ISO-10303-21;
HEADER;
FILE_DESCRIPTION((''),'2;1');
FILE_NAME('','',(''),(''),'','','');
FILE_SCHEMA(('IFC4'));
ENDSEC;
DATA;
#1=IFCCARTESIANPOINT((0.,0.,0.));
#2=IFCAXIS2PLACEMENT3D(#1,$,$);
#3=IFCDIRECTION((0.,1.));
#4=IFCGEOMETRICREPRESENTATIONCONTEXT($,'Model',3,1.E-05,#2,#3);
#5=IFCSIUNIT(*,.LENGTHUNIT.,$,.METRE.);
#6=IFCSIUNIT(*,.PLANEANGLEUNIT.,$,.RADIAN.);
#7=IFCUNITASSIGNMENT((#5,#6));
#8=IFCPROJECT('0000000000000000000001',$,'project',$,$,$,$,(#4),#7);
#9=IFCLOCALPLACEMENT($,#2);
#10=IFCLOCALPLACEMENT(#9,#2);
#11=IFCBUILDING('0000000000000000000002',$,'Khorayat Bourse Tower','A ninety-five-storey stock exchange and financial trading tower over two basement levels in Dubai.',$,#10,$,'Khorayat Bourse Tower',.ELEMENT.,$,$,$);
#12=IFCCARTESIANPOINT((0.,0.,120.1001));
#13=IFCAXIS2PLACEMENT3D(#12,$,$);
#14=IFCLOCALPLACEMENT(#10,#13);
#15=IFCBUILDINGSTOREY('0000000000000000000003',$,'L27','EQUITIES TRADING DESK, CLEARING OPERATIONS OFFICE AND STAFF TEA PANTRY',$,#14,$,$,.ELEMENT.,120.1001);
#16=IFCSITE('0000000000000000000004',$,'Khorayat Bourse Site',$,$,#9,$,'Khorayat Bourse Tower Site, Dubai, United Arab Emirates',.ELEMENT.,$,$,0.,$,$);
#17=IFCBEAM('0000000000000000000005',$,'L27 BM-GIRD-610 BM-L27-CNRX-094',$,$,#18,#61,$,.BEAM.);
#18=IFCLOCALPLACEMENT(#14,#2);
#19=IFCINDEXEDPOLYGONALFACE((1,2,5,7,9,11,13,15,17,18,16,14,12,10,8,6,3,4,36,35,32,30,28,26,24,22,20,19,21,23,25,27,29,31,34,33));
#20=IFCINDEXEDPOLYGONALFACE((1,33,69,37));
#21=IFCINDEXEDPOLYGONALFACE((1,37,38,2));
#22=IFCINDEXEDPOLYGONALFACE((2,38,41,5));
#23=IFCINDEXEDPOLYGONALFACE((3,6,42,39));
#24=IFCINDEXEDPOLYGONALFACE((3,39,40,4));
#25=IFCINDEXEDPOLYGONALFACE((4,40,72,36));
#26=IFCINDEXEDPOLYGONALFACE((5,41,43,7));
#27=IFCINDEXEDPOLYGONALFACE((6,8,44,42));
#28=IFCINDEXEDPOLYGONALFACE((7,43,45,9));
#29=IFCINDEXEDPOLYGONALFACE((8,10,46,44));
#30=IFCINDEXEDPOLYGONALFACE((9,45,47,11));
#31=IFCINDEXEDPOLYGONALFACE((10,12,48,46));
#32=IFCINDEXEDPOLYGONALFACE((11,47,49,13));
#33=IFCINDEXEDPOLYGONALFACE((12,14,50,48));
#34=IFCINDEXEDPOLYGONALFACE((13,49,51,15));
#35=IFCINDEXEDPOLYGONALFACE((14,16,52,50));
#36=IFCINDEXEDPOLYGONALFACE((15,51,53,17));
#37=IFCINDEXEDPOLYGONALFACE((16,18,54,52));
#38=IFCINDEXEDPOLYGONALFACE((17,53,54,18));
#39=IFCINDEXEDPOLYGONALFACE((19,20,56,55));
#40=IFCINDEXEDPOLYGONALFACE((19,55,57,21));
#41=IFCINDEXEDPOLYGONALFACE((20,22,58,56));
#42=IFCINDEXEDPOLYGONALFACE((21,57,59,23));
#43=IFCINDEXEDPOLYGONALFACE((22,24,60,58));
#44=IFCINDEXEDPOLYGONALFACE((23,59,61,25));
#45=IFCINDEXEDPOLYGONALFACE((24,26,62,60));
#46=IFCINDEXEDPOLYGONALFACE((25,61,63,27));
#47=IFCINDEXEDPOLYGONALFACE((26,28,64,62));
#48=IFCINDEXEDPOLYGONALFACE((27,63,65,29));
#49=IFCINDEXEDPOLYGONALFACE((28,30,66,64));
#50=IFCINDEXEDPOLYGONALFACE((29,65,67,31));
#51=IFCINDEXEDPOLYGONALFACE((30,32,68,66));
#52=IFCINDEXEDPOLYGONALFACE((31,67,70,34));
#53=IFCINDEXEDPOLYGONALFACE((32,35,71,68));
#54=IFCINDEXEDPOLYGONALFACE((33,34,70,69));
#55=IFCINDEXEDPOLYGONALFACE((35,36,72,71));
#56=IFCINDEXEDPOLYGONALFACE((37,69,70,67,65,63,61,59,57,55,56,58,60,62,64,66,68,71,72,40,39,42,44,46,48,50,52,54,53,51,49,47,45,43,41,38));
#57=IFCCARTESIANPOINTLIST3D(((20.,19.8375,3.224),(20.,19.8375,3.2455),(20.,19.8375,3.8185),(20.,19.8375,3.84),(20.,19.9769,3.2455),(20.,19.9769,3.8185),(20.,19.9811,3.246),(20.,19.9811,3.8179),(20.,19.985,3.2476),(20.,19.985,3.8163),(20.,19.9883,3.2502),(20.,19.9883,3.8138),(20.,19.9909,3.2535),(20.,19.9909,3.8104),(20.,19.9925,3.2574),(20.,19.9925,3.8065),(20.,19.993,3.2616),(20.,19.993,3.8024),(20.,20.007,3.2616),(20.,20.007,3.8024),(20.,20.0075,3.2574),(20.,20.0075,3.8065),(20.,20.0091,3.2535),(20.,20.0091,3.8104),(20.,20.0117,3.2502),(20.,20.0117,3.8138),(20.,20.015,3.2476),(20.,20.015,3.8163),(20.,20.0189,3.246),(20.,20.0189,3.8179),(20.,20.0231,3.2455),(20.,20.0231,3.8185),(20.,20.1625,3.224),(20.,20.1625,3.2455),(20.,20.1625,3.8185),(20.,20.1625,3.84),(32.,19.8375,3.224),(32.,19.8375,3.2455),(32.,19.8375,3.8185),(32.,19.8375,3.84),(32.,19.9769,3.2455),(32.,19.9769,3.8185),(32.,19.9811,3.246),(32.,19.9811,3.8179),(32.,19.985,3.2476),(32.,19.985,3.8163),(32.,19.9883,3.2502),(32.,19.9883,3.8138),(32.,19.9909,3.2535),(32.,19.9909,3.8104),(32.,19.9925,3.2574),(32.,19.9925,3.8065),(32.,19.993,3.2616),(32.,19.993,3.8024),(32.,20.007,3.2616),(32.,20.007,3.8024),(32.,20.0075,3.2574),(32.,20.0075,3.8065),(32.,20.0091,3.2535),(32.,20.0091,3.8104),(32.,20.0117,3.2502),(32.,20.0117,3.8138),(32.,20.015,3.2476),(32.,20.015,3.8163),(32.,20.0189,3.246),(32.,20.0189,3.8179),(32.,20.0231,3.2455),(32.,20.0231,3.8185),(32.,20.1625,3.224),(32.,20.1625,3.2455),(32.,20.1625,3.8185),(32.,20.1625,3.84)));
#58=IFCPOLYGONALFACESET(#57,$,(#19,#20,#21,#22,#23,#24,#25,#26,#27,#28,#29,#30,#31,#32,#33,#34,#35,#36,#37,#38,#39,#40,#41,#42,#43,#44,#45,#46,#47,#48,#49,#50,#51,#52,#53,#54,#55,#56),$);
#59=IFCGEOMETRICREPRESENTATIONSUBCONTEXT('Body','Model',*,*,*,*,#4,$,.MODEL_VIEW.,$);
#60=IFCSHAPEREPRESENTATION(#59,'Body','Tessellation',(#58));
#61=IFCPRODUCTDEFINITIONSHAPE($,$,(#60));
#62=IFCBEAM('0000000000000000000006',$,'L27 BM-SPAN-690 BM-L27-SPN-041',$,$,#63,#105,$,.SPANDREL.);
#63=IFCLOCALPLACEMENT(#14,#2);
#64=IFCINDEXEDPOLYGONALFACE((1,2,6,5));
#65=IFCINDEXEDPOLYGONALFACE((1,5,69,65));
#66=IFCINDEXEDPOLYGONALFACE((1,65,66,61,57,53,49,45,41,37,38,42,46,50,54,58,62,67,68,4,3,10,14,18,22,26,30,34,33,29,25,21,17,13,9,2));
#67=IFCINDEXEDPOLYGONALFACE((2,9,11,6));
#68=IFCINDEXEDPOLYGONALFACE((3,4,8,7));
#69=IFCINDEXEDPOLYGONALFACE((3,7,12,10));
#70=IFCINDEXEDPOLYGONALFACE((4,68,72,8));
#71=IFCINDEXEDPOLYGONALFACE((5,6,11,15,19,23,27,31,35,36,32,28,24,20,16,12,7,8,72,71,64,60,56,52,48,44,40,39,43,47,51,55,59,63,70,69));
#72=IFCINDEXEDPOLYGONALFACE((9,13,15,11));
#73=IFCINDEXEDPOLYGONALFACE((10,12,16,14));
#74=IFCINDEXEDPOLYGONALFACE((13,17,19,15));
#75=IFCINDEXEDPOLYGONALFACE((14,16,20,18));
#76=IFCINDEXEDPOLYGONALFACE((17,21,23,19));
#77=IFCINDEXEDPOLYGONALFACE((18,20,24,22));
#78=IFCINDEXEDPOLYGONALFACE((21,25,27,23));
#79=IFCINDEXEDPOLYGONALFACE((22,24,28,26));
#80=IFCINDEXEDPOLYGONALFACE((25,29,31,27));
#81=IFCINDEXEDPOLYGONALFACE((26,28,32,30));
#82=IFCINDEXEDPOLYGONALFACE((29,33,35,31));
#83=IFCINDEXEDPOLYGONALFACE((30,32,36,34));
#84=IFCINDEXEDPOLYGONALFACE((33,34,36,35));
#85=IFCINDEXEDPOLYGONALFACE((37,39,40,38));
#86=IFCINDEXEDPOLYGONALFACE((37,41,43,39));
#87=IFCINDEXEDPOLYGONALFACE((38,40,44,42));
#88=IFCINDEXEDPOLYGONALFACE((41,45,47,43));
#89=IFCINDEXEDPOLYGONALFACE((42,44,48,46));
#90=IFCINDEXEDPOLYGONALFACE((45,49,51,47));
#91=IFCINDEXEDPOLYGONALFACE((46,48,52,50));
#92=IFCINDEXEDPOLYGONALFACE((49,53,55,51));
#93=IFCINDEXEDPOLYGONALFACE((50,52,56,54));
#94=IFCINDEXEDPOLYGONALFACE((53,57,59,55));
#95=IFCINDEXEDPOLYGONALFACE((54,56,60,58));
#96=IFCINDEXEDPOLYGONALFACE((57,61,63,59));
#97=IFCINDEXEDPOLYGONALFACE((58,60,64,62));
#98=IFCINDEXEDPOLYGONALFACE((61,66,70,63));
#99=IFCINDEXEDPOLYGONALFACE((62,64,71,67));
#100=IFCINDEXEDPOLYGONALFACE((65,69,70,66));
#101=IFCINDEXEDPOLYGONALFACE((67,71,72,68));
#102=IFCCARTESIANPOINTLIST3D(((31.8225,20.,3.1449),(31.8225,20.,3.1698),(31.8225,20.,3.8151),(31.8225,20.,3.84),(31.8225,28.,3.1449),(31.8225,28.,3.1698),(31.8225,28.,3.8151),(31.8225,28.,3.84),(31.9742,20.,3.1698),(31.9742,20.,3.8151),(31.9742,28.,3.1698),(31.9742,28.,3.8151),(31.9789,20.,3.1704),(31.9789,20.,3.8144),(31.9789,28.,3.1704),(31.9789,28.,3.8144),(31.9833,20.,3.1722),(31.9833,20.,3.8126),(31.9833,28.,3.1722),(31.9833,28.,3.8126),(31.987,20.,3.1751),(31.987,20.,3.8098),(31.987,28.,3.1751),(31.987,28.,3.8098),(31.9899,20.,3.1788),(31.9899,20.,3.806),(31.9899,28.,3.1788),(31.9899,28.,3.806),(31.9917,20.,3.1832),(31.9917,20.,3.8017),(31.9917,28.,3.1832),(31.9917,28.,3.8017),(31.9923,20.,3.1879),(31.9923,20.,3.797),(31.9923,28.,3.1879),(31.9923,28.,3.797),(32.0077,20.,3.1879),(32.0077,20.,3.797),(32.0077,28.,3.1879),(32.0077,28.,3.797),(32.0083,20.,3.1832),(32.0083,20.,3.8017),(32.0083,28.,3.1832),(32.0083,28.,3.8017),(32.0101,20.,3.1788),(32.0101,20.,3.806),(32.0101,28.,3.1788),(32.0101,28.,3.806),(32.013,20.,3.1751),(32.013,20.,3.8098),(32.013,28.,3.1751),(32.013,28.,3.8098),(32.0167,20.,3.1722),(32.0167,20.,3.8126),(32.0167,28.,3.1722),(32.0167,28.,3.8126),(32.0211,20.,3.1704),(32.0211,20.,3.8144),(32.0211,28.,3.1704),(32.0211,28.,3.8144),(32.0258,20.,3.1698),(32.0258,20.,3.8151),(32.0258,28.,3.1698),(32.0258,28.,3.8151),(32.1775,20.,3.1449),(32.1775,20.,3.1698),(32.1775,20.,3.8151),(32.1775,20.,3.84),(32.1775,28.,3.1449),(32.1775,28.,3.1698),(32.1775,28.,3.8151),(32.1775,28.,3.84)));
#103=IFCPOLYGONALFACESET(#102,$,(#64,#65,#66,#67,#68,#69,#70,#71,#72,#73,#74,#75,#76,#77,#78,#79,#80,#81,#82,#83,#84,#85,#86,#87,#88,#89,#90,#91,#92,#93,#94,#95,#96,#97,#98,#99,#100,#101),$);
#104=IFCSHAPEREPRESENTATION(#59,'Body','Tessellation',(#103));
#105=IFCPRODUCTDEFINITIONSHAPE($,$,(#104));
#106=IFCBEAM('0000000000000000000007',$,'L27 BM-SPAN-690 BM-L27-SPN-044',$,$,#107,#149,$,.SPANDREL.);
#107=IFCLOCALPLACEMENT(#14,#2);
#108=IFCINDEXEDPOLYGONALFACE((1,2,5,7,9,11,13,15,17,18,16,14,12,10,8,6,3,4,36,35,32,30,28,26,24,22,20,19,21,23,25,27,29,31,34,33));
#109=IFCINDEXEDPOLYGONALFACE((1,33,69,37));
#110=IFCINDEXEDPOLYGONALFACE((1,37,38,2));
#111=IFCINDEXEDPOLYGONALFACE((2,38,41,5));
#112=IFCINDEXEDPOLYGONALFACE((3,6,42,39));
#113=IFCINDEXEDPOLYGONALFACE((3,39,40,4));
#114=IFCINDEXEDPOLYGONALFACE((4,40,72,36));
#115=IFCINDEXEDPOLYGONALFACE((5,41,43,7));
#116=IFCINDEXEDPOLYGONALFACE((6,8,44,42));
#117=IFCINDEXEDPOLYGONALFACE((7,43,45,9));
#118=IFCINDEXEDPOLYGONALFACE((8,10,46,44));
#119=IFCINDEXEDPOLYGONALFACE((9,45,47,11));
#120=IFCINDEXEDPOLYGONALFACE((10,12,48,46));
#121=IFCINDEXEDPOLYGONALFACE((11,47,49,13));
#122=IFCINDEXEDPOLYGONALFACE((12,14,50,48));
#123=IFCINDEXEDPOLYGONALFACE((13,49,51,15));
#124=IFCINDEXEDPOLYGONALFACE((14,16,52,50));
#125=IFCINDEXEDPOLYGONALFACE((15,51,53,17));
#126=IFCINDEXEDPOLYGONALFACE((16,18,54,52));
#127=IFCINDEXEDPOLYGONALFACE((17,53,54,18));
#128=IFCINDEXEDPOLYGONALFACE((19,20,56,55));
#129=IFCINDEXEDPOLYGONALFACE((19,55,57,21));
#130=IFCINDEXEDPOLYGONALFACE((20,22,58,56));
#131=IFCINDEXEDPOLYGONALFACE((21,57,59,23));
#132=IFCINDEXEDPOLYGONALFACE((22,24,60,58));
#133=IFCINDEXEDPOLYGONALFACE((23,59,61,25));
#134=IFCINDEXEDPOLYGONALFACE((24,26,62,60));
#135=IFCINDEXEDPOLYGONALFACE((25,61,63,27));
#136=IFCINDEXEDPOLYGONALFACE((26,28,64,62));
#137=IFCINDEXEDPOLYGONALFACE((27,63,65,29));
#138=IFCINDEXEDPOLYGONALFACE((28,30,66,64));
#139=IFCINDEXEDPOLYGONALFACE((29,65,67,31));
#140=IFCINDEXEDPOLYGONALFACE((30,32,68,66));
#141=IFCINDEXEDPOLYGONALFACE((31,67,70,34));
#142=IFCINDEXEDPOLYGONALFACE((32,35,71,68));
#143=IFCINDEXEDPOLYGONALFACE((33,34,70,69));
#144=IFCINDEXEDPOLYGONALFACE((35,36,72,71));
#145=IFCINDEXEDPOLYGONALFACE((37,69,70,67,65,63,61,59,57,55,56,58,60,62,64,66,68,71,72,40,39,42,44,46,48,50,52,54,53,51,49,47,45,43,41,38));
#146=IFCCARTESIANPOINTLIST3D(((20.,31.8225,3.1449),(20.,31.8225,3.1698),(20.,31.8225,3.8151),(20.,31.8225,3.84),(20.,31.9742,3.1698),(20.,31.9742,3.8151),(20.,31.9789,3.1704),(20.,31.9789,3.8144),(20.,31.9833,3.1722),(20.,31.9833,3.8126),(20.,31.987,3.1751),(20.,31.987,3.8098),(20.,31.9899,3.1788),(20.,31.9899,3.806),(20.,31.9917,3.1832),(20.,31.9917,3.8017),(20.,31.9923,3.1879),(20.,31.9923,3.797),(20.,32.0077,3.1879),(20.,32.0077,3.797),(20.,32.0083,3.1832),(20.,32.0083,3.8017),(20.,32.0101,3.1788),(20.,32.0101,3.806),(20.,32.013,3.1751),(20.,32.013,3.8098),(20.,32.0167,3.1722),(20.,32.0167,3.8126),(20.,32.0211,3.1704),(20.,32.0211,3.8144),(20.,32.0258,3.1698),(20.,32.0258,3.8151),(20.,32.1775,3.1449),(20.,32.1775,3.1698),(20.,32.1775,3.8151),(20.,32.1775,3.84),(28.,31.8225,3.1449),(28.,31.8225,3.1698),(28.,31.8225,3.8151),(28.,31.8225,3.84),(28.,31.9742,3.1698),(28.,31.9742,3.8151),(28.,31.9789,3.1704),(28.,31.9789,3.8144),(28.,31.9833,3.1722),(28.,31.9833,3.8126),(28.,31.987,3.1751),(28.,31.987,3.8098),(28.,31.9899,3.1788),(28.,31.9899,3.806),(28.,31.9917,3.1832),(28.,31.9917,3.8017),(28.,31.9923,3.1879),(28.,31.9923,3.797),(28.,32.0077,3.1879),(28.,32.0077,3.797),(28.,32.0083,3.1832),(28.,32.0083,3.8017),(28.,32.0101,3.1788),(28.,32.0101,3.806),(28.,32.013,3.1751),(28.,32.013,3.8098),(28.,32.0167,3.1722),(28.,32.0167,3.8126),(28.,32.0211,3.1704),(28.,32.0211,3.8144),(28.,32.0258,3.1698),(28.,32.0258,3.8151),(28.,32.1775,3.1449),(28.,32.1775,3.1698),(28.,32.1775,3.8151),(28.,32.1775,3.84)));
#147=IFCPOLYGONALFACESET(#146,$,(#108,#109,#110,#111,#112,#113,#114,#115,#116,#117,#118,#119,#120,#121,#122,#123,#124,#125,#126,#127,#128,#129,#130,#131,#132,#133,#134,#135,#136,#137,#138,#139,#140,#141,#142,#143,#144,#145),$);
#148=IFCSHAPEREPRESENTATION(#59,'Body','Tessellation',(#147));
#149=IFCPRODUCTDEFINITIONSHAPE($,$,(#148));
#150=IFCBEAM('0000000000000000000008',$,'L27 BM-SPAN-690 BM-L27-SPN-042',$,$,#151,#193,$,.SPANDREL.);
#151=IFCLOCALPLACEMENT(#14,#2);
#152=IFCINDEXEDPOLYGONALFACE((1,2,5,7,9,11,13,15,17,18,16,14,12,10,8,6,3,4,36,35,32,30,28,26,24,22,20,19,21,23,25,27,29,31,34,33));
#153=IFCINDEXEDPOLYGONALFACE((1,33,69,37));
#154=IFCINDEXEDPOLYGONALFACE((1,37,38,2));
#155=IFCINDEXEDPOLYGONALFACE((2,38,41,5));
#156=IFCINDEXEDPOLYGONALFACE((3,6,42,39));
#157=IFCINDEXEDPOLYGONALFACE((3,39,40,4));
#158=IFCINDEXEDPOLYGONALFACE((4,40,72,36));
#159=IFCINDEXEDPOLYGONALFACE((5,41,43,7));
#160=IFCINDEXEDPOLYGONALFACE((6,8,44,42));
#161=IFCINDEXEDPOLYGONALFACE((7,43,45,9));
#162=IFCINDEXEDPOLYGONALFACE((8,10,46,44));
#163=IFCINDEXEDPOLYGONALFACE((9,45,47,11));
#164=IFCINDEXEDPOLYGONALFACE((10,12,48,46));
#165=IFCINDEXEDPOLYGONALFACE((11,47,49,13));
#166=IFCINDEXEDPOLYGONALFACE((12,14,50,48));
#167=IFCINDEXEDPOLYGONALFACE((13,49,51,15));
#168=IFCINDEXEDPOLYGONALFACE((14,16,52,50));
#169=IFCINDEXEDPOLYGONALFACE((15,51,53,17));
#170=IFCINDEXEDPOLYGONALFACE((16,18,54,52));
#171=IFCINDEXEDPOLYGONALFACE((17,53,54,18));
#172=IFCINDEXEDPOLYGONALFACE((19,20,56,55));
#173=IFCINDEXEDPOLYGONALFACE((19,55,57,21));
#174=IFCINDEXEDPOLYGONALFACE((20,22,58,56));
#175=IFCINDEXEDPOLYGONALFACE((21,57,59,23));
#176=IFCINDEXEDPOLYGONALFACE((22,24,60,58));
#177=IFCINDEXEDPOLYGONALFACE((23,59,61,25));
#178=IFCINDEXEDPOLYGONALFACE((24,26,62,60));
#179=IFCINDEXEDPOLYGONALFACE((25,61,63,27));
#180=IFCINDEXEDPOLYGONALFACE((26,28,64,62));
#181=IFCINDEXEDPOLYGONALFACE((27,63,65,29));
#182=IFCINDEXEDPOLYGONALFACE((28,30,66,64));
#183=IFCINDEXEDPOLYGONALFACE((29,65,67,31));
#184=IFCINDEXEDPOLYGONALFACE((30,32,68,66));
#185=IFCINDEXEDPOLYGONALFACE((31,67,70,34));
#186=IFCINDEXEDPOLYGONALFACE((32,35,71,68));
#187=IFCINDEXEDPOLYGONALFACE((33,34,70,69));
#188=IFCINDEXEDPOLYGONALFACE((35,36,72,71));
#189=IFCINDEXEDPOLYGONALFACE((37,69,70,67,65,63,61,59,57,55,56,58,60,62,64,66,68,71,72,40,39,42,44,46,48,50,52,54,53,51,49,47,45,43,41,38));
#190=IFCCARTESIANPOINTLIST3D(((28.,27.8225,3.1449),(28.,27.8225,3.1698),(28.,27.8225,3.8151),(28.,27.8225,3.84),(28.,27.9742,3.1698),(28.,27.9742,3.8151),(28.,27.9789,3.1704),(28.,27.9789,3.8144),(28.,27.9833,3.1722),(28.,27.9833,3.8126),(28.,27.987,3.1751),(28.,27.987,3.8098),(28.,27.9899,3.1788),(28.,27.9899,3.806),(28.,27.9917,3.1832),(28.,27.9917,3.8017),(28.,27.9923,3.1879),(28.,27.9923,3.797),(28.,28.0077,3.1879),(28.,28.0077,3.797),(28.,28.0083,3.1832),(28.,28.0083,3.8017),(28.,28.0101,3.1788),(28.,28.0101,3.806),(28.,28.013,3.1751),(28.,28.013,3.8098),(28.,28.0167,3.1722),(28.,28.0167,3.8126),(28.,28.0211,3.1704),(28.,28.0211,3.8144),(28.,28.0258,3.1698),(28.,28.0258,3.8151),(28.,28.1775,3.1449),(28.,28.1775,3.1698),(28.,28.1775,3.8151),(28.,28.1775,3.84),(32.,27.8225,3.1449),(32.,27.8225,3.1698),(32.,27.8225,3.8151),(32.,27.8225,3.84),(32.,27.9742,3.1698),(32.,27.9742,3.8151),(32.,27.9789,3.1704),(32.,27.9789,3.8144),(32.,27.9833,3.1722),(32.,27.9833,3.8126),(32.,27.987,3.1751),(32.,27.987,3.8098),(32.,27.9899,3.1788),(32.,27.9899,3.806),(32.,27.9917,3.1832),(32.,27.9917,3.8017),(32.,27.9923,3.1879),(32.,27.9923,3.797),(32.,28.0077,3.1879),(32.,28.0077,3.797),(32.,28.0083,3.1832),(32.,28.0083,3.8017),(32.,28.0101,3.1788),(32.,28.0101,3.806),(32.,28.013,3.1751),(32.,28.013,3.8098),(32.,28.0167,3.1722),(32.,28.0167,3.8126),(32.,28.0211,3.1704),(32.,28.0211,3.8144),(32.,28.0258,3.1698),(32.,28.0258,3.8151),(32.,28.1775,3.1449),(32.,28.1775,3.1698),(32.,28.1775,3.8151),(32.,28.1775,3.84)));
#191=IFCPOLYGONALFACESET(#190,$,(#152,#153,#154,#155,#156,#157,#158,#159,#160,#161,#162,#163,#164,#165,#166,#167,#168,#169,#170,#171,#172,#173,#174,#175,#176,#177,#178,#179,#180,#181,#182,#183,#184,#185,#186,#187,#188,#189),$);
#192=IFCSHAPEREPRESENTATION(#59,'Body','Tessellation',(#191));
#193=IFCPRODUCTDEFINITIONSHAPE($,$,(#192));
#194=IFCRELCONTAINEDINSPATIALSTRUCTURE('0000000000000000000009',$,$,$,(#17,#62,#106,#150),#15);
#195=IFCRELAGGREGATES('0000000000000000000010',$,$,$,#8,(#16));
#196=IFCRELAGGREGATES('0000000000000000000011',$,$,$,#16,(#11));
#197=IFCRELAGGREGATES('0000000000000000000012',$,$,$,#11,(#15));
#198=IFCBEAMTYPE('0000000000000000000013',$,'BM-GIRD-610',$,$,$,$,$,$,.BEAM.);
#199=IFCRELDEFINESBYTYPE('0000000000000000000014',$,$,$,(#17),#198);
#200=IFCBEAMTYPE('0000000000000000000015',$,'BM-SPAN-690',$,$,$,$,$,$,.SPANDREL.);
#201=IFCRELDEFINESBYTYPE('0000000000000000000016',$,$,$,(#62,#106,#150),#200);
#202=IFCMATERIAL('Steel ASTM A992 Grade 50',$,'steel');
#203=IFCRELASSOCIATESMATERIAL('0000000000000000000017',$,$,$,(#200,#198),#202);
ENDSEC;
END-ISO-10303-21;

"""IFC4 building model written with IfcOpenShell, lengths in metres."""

from ifc_helpers import new_model, si_unit, direction, frame, origin, origin_2d, place, context, subcontext, project, spatial, i_section, extrude, source, transform, mapped, material, material_profile, profile_set, type_object, element, save


model = new_model("IFC4")

# Units and contexts
model_context = context("Model", 3, precision=1e-05, world=origin(), true_north=direction((0.0, 1.0)))
body_context = subcontext(model_context, "Body", "Model", "MODEL_VIEW")
ifc_project = project(units=[si_unit("LENGTHUNIT", "METRE"), si_unit("PLANEANGLEUNIT", "RADIAN")], contexts=[model_context])

# Site, building, storey
site_placement = place(None, origin())
site = spatial("IfcSite", under=ifc_project, at=site_placement, Name="Khorayat Bourse Site", LongName="Khorayat Bourse Tower Site, Dubai, United Arab Emirates", CompositionType="ELEMENT", RefElevation=0.0)
building_placement = place(site_placement, origin())
building = spatial("IfcBuilding", under=site, at=building_placement, Name="Khorayat Bourse Tower", Description="A ninety-five-storey stock exchange and financial trading tower over two basement levels in Dubai.", LongName="Khorayat Bourse Tower", CompositionType="ELEMENT")
storey_placement = place(building_placement, frame((0.0, 0.0, 120.1001)))
storey = spatial("IfcBuildingStorey", under=building, at=storey_placement, Name="L27", Description="EQUITIES TRADING DESK, CLEARING OPERATIONS OFFICE AND STAFF TEA PANTRY", CompositionType="ELEMENT", Elevation=120.1001)

# Beams
ifc_material_1 = material(Name="Steel ASTM A992 Grade 50", Category="steel")
ifc_material_profile_1 = material_profile(ifc_material_1, i_section(OverallWidth=0.355, OverallDepth=0.6951, WebThickness=0.0154, FlangeThickness=0.0249, FilletRadius=0.0181, at=origin_2d()), Name="W690X217")
ifc_profile_set_1 = profile_set([ifc_material_profile_1], Name="Steel ASTM A992 Grade 50")
beam_type_1 = type_object("IfcBeamType", Name="BM-SPAN-690", PredefinedType="SPANDREL", material=ifc_profile_set_1)
ifc_material_profile_2 = material_profile(ifc_material_1, i_section(OverallWidth=0.325, OverallDepth=0.616, WebThickness=0.0139, FlangeThickness=0.0215, FilletRadius=0.0161, at=origin_2d()), Name="W610X174")
ifc_profile_set_2 = profile_set([ifc_material_profile_2], Name="Steel ASTM A992 Grade 50")
beam_type_2 = type_object("IfcBeamType", Name="BM-GIRD-610", PredefinedType="BEAM", material=ifc_profile_set_2)
shared_shape_1 = source(origin(), body_context, "Body", "SweptSolid", [
    extrude(i_section(OverallWidth=0.325, OverallDepth=0.616, WebThickness=0.0139, FlangeThickness=0.0215, FilletRadius=0.0161, at=origin_2d()), origin(), (0.0, 0.0, 1.0), 12.0),
])
beam_1_placement = place(storey_placement, frame((20.0, 20.0, 3.532), z_axis=(1.0, 0.0, 0.0), x_axis=(0.0, 1.0, 0.0)))
element("IfcBeam", 1, at=beam_1_placement, inside=storey, type_object=beam_type_2, Name="L27 BM-GIRD-610 BM-L27-CNRX-094", PredefinedType="BEAM", context=body_context, shape_type="MappedRepresentation", body=[
    mapped(shared_shape_1, transform((0.0, 0.0, 0.0), scale=1.0)),
])
shared_shape_2 = source(origin(), body_context, "Body", "SweptSolid", [
    extrude(i_section(OverallWidth=0.355, OverallDepth=0.6951, WebThickness=0.0154, FlangeThickness=0.0249, FilletRadius=0.0181, at=origin_2d()), origin(), (0.0, 0.0, 1.0), 8.0),
])
for number, where, z_axis, x_axis, name in (
    (2, (32.0, 20.0, 3.4924), (0.0, 1.0, 0.0), (-1.0, 0.0, 0.0), "L27 BM-SPAN-690 BM-L27-SPN-041"),
    (3, (20.0, 32.0, 3.4924), (1.0, 0.0, 0.0), (0.0, 1.0, 0.0), "L27 BM-SPAN-690 BM-L27-SPN-044"),
):
    element("IfcBeam", number, at=place(storey_placement, frame(where, z_axis=z_axis, x_axis=x_axis)), inside=storey, type_object=beam_type_1, Name=name, PredefinedType="SPANDREL", context=body_context, shape_type="MappedRepresentation", body=[
        mapped(shared_shape_2, transform((0.0, 0.0, 0.0), scale=1.0)),
    ])
shared_shape_3 = source(origin(), body_context, "Body", "SweptSolid", [
    extrude(i_section(OverallWidth=0.355, OverallDepth=0.6951, WebThickness=0.0154, FlangeThickness=0.0249, FilletRadius=0.0181, at=origin_2d()), origin(), (0.0, 0.0, 1.0), 4.0),
])
for number, where, z_axis, x_axis, name in (
    (4, (28.0, 28.0, 3.4924), (1.0, 0.0, 0.0), (0.0, 1.0, 0.0), "L27 BM-SPAN-690 BM-L27-SPN-042"),
):
    element("IfcBeam", number, at=place(storey_placement, frame(where, z_axis=z_axis, x_axis=x_axis)), inside=storey, type_object=beam_type_1, Name=name, PredefinedType="SPANDREL", context=body_context, shape_type="MappedRepresentation", body=[
        mapped(shared_shape_3, transform((0.0, 0.0, 0.0), scale=1.0)),
    ])

save(model, "model.ifc")
